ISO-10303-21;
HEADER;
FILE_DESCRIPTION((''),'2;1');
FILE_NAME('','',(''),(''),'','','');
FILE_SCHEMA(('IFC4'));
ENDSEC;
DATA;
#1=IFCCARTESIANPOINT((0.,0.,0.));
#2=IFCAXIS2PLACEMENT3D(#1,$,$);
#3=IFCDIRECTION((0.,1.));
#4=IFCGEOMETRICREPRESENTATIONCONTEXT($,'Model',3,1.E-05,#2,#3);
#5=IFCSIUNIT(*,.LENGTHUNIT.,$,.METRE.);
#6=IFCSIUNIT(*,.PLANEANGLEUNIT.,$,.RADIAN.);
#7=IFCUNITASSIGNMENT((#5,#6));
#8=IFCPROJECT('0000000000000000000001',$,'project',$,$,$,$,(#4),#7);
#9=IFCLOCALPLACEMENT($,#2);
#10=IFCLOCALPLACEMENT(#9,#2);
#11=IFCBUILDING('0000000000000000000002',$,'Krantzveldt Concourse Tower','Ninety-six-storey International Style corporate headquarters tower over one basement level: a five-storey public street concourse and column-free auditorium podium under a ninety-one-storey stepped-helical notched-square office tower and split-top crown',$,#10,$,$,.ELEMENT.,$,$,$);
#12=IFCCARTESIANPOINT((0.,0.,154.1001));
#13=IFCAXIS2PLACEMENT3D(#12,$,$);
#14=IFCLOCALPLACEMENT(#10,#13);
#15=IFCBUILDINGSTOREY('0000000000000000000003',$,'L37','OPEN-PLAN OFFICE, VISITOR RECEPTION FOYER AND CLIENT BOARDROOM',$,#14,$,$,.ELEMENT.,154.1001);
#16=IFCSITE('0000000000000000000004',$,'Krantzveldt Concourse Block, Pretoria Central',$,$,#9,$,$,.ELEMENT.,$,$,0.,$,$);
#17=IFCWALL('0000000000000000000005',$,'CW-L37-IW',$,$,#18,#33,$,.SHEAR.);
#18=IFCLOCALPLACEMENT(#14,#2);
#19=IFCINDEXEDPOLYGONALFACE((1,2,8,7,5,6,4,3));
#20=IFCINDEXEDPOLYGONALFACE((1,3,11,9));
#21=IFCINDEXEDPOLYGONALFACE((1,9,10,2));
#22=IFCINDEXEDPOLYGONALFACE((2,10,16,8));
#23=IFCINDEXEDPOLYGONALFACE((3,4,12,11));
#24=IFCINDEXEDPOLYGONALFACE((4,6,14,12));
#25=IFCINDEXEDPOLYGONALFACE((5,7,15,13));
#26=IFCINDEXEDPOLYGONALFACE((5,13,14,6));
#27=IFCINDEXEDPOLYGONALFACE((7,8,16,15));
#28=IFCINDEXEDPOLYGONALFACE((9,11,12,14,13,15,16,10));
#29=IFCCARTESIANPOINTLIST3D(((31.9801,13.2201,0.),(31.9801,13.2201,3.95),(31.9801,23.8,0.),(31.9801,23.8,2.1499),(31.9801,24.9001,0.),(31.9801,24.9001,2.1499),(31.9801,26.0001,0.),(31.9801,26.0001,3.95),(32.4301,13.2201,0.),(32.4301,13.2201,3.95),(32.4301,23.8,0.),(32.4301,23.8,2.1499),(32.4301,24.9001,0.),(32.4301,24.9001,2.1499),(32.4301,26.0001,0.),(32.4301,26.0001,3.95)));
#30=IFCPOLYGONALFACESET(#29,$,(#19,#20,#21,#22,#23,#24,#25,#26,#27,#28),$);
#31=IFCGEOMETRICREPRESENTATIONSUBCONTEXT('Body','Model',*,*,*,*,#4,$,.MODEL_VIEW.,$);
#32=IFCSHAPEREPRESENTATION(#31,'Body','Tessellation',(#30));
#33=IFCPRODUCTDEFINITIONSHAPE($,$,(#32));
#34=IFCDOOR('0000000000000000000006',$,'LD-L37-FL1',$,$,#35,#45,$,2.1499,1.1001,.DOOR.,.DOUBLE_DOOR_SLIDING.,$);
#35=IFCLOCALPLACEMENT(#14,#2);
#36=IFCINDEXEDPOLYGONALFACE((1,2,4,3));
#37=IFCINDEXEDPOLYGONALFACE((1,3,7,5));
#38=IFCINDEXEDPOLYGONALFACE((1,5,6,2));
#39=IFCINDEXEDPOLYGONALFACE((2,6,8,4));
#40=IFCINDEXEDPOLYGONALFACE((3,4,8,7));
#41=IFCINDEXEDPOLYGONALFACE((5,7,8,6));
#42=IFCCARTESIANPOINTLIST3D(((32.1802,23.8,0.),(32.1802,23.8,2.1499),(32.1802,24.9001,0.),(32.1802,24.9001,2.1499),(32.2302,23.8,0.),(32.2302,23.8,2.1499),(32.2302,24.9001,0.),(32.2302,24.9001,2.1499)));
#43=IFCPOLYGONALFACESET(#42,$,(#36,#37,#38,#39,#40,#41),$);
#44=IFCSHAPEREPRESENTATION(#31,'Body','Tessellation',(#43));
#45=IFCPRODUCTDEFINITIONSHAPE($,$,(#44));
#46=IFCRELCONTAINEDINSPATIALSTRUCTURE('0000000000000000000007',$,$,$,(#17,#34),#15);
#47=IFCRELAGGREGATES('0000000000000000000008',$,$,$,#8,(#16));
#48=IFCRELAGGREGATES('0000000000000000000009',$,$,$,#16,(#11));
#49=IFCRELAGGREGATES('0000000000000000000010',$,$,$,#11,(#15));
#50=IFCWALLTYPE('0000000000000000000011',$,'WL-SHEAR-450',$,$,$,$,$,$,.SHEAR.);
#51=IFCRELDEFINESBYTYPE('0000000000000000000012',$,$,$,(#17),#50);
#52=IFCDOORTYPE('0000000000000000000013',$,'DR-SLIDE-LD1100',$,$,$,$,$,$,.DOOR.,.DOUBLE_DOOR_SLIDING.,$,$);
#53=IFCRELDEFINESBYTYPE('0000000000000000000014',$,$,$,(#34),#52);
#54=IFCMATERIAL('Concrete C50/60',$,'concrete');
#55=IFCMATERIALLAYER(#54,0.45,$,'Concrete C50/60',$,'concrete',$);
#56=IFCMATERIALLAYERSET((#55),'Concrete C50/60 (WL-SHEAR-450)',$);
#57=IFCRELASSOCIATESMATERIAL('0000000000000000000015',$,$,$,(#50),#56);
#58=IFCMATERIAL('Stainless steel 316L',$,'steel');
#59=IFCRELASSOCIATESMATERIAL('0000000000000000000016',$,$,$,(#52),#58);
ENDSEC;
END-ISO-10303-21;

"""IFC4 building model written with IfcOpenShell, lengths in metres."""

from ifc_helpers import new_model, si_unit, direction, frame, frame_2d, origin, place, context, subcontext, project, spatial, rectangle, extrude, material, layer, layer_set, type_object, element, fill, save


model = new_model("IFC4")

# Units and contexts
model_context = context("Model", 3, precision=1e-05, world=origin(), true_north=direction((0.0, 1.0)))
body_context = subcontext(model_context, "Body", "Model", "MODEL_VIEW")
ifc_project = project(units=[si_unit("LENGTHUNIT", "METRE"), si_unit("PLANEANGLEUNIT", "RADIAN")], contexts=[model_context])

# Site, building, storey
site_placement = place(None, origin())
site = spatial("IfcSite", under=ifc_project, at=site_placement, Name="Krantzveldt Concourse Block, Pretoria Central", CompositionType="ELEMENT", RefElevation=0.0)
building_placement = place(site_placement, origin())
building = spatial("IfcBuilding", under=site, at=building_placement, Name="Krantzveldt Concourse Tower", Description="Ninety-six-storey International Style corporate headquarters tower over one basement level: a five-storey public street concourse and column-free auditorium podium under a ninety-one-storey stepped-helical notched-square office tower and split-top crown", CompositionType="ELEMENT")
storey_placement = place(building_placement, frame((0.0, 0.0, 154.1001)))
storey = spatial("IfcBuildingStorey", under=building, at=storey_placement, Name="L37", Description="OPEN-PLAN OFFICE, VISITOR RECEPTION FOYER AND CLIENT BOARDROOM", CompositionType="ELEMENT", Elevation=154.1001)

# Shared definitions
ifc_material_1 = material(Name="Concrete C50/60", Category="concrete")

# Wall, opening, door
ifc_layer_1 = layer(ifc_material_1, 0.45, Name="Concrete C50/60", Category="concrete")
ifc_layer_set_1 = layer_set([ifc_layer_1], Name="Concrete C50/60 (WL-SHEAR-450)")
wall_type_1 = type_object("IfcWallType", Name="WL-SHEAR-450", PredefinedType="SHEAR", material=ifc_layer_set_1)
wall_1_placement = place(storey_placement, frame((32.2051, 13.22, 0.0), z_axis=(0.0, 0.0, 1.0), x_axis=(0.0, 1.0, 0.0)))
wall_1 = element("IfcWall", 1, at=wall_1_placement, inside=storey, type_object=wall_type_1, Name="CW-L37-IW", PredefinedType="SHEAR", context=body_context, shape_type="SweptSolid", body=[
    extrude(rectangle(XDim=12.78, YDim=0.45, at=frame_2d((6.3901, 0.0))), origin(), (0.0, 0.0, 1.0), 3.95),
])
opening_1_placement = place(wall_1_placement, frame((10.5801, 0.0, 0.0)))
opening_1 = element("IfcOpeningElement", 2, at=opening_1_placement, cuts=wall_1, PredefinedType="OPENING", context=body_context, shape_type="SweptSolid", body=[
    extrude(rectangle(XDim=1.1001, YDim=2.1499, at=frame_2d((0.55, 1.075))), frame((0.0, 0.2349, 0.0), z_axis=(0.0, -1.0, 0.0), x_axis=(1.0, 0.0, 0.0)), (0.0, 0.0, 1.0), 0.47),
])
ifc_material_2 = material(Name="Stainless steel 316L", Category="steel")
door_type_1 = type_object("IfcDoorType", Name="DR-SLIDE-LD1100", OperationType="DOUBLE_DOOR_SLIDING", PredefinedType="DOOR", material=ifc_material_2)
door_1_placement = place(opening_1_placement, origin())
door_1 = element("IfcDoor", 3, at=door_1_placement, inside=storey, type_object=door_type_1, Name="LD-L37-FL1", OperationType="DOUBLE_DOOR_SLIDING", OverallHeight=2.1499, OverallWidth=1.1001, PredefinedType="DOOR", context=body_context, shape_type="SweptSolid", body=[
    extrude(rectangle(XDim=1.1001, YDim=2.1499, at=frame_2d((0.55, 1.075))), frame((0.0, 0.0249, 0.0), z_axis=(0.0, -1.0, 0.0), x_axis=(1.0, 0.0, 0.0)), (0.0, 0.0, 1.0), 0.05),
])
fill(opening_1, door_1)

save(model, "model.ifc")
